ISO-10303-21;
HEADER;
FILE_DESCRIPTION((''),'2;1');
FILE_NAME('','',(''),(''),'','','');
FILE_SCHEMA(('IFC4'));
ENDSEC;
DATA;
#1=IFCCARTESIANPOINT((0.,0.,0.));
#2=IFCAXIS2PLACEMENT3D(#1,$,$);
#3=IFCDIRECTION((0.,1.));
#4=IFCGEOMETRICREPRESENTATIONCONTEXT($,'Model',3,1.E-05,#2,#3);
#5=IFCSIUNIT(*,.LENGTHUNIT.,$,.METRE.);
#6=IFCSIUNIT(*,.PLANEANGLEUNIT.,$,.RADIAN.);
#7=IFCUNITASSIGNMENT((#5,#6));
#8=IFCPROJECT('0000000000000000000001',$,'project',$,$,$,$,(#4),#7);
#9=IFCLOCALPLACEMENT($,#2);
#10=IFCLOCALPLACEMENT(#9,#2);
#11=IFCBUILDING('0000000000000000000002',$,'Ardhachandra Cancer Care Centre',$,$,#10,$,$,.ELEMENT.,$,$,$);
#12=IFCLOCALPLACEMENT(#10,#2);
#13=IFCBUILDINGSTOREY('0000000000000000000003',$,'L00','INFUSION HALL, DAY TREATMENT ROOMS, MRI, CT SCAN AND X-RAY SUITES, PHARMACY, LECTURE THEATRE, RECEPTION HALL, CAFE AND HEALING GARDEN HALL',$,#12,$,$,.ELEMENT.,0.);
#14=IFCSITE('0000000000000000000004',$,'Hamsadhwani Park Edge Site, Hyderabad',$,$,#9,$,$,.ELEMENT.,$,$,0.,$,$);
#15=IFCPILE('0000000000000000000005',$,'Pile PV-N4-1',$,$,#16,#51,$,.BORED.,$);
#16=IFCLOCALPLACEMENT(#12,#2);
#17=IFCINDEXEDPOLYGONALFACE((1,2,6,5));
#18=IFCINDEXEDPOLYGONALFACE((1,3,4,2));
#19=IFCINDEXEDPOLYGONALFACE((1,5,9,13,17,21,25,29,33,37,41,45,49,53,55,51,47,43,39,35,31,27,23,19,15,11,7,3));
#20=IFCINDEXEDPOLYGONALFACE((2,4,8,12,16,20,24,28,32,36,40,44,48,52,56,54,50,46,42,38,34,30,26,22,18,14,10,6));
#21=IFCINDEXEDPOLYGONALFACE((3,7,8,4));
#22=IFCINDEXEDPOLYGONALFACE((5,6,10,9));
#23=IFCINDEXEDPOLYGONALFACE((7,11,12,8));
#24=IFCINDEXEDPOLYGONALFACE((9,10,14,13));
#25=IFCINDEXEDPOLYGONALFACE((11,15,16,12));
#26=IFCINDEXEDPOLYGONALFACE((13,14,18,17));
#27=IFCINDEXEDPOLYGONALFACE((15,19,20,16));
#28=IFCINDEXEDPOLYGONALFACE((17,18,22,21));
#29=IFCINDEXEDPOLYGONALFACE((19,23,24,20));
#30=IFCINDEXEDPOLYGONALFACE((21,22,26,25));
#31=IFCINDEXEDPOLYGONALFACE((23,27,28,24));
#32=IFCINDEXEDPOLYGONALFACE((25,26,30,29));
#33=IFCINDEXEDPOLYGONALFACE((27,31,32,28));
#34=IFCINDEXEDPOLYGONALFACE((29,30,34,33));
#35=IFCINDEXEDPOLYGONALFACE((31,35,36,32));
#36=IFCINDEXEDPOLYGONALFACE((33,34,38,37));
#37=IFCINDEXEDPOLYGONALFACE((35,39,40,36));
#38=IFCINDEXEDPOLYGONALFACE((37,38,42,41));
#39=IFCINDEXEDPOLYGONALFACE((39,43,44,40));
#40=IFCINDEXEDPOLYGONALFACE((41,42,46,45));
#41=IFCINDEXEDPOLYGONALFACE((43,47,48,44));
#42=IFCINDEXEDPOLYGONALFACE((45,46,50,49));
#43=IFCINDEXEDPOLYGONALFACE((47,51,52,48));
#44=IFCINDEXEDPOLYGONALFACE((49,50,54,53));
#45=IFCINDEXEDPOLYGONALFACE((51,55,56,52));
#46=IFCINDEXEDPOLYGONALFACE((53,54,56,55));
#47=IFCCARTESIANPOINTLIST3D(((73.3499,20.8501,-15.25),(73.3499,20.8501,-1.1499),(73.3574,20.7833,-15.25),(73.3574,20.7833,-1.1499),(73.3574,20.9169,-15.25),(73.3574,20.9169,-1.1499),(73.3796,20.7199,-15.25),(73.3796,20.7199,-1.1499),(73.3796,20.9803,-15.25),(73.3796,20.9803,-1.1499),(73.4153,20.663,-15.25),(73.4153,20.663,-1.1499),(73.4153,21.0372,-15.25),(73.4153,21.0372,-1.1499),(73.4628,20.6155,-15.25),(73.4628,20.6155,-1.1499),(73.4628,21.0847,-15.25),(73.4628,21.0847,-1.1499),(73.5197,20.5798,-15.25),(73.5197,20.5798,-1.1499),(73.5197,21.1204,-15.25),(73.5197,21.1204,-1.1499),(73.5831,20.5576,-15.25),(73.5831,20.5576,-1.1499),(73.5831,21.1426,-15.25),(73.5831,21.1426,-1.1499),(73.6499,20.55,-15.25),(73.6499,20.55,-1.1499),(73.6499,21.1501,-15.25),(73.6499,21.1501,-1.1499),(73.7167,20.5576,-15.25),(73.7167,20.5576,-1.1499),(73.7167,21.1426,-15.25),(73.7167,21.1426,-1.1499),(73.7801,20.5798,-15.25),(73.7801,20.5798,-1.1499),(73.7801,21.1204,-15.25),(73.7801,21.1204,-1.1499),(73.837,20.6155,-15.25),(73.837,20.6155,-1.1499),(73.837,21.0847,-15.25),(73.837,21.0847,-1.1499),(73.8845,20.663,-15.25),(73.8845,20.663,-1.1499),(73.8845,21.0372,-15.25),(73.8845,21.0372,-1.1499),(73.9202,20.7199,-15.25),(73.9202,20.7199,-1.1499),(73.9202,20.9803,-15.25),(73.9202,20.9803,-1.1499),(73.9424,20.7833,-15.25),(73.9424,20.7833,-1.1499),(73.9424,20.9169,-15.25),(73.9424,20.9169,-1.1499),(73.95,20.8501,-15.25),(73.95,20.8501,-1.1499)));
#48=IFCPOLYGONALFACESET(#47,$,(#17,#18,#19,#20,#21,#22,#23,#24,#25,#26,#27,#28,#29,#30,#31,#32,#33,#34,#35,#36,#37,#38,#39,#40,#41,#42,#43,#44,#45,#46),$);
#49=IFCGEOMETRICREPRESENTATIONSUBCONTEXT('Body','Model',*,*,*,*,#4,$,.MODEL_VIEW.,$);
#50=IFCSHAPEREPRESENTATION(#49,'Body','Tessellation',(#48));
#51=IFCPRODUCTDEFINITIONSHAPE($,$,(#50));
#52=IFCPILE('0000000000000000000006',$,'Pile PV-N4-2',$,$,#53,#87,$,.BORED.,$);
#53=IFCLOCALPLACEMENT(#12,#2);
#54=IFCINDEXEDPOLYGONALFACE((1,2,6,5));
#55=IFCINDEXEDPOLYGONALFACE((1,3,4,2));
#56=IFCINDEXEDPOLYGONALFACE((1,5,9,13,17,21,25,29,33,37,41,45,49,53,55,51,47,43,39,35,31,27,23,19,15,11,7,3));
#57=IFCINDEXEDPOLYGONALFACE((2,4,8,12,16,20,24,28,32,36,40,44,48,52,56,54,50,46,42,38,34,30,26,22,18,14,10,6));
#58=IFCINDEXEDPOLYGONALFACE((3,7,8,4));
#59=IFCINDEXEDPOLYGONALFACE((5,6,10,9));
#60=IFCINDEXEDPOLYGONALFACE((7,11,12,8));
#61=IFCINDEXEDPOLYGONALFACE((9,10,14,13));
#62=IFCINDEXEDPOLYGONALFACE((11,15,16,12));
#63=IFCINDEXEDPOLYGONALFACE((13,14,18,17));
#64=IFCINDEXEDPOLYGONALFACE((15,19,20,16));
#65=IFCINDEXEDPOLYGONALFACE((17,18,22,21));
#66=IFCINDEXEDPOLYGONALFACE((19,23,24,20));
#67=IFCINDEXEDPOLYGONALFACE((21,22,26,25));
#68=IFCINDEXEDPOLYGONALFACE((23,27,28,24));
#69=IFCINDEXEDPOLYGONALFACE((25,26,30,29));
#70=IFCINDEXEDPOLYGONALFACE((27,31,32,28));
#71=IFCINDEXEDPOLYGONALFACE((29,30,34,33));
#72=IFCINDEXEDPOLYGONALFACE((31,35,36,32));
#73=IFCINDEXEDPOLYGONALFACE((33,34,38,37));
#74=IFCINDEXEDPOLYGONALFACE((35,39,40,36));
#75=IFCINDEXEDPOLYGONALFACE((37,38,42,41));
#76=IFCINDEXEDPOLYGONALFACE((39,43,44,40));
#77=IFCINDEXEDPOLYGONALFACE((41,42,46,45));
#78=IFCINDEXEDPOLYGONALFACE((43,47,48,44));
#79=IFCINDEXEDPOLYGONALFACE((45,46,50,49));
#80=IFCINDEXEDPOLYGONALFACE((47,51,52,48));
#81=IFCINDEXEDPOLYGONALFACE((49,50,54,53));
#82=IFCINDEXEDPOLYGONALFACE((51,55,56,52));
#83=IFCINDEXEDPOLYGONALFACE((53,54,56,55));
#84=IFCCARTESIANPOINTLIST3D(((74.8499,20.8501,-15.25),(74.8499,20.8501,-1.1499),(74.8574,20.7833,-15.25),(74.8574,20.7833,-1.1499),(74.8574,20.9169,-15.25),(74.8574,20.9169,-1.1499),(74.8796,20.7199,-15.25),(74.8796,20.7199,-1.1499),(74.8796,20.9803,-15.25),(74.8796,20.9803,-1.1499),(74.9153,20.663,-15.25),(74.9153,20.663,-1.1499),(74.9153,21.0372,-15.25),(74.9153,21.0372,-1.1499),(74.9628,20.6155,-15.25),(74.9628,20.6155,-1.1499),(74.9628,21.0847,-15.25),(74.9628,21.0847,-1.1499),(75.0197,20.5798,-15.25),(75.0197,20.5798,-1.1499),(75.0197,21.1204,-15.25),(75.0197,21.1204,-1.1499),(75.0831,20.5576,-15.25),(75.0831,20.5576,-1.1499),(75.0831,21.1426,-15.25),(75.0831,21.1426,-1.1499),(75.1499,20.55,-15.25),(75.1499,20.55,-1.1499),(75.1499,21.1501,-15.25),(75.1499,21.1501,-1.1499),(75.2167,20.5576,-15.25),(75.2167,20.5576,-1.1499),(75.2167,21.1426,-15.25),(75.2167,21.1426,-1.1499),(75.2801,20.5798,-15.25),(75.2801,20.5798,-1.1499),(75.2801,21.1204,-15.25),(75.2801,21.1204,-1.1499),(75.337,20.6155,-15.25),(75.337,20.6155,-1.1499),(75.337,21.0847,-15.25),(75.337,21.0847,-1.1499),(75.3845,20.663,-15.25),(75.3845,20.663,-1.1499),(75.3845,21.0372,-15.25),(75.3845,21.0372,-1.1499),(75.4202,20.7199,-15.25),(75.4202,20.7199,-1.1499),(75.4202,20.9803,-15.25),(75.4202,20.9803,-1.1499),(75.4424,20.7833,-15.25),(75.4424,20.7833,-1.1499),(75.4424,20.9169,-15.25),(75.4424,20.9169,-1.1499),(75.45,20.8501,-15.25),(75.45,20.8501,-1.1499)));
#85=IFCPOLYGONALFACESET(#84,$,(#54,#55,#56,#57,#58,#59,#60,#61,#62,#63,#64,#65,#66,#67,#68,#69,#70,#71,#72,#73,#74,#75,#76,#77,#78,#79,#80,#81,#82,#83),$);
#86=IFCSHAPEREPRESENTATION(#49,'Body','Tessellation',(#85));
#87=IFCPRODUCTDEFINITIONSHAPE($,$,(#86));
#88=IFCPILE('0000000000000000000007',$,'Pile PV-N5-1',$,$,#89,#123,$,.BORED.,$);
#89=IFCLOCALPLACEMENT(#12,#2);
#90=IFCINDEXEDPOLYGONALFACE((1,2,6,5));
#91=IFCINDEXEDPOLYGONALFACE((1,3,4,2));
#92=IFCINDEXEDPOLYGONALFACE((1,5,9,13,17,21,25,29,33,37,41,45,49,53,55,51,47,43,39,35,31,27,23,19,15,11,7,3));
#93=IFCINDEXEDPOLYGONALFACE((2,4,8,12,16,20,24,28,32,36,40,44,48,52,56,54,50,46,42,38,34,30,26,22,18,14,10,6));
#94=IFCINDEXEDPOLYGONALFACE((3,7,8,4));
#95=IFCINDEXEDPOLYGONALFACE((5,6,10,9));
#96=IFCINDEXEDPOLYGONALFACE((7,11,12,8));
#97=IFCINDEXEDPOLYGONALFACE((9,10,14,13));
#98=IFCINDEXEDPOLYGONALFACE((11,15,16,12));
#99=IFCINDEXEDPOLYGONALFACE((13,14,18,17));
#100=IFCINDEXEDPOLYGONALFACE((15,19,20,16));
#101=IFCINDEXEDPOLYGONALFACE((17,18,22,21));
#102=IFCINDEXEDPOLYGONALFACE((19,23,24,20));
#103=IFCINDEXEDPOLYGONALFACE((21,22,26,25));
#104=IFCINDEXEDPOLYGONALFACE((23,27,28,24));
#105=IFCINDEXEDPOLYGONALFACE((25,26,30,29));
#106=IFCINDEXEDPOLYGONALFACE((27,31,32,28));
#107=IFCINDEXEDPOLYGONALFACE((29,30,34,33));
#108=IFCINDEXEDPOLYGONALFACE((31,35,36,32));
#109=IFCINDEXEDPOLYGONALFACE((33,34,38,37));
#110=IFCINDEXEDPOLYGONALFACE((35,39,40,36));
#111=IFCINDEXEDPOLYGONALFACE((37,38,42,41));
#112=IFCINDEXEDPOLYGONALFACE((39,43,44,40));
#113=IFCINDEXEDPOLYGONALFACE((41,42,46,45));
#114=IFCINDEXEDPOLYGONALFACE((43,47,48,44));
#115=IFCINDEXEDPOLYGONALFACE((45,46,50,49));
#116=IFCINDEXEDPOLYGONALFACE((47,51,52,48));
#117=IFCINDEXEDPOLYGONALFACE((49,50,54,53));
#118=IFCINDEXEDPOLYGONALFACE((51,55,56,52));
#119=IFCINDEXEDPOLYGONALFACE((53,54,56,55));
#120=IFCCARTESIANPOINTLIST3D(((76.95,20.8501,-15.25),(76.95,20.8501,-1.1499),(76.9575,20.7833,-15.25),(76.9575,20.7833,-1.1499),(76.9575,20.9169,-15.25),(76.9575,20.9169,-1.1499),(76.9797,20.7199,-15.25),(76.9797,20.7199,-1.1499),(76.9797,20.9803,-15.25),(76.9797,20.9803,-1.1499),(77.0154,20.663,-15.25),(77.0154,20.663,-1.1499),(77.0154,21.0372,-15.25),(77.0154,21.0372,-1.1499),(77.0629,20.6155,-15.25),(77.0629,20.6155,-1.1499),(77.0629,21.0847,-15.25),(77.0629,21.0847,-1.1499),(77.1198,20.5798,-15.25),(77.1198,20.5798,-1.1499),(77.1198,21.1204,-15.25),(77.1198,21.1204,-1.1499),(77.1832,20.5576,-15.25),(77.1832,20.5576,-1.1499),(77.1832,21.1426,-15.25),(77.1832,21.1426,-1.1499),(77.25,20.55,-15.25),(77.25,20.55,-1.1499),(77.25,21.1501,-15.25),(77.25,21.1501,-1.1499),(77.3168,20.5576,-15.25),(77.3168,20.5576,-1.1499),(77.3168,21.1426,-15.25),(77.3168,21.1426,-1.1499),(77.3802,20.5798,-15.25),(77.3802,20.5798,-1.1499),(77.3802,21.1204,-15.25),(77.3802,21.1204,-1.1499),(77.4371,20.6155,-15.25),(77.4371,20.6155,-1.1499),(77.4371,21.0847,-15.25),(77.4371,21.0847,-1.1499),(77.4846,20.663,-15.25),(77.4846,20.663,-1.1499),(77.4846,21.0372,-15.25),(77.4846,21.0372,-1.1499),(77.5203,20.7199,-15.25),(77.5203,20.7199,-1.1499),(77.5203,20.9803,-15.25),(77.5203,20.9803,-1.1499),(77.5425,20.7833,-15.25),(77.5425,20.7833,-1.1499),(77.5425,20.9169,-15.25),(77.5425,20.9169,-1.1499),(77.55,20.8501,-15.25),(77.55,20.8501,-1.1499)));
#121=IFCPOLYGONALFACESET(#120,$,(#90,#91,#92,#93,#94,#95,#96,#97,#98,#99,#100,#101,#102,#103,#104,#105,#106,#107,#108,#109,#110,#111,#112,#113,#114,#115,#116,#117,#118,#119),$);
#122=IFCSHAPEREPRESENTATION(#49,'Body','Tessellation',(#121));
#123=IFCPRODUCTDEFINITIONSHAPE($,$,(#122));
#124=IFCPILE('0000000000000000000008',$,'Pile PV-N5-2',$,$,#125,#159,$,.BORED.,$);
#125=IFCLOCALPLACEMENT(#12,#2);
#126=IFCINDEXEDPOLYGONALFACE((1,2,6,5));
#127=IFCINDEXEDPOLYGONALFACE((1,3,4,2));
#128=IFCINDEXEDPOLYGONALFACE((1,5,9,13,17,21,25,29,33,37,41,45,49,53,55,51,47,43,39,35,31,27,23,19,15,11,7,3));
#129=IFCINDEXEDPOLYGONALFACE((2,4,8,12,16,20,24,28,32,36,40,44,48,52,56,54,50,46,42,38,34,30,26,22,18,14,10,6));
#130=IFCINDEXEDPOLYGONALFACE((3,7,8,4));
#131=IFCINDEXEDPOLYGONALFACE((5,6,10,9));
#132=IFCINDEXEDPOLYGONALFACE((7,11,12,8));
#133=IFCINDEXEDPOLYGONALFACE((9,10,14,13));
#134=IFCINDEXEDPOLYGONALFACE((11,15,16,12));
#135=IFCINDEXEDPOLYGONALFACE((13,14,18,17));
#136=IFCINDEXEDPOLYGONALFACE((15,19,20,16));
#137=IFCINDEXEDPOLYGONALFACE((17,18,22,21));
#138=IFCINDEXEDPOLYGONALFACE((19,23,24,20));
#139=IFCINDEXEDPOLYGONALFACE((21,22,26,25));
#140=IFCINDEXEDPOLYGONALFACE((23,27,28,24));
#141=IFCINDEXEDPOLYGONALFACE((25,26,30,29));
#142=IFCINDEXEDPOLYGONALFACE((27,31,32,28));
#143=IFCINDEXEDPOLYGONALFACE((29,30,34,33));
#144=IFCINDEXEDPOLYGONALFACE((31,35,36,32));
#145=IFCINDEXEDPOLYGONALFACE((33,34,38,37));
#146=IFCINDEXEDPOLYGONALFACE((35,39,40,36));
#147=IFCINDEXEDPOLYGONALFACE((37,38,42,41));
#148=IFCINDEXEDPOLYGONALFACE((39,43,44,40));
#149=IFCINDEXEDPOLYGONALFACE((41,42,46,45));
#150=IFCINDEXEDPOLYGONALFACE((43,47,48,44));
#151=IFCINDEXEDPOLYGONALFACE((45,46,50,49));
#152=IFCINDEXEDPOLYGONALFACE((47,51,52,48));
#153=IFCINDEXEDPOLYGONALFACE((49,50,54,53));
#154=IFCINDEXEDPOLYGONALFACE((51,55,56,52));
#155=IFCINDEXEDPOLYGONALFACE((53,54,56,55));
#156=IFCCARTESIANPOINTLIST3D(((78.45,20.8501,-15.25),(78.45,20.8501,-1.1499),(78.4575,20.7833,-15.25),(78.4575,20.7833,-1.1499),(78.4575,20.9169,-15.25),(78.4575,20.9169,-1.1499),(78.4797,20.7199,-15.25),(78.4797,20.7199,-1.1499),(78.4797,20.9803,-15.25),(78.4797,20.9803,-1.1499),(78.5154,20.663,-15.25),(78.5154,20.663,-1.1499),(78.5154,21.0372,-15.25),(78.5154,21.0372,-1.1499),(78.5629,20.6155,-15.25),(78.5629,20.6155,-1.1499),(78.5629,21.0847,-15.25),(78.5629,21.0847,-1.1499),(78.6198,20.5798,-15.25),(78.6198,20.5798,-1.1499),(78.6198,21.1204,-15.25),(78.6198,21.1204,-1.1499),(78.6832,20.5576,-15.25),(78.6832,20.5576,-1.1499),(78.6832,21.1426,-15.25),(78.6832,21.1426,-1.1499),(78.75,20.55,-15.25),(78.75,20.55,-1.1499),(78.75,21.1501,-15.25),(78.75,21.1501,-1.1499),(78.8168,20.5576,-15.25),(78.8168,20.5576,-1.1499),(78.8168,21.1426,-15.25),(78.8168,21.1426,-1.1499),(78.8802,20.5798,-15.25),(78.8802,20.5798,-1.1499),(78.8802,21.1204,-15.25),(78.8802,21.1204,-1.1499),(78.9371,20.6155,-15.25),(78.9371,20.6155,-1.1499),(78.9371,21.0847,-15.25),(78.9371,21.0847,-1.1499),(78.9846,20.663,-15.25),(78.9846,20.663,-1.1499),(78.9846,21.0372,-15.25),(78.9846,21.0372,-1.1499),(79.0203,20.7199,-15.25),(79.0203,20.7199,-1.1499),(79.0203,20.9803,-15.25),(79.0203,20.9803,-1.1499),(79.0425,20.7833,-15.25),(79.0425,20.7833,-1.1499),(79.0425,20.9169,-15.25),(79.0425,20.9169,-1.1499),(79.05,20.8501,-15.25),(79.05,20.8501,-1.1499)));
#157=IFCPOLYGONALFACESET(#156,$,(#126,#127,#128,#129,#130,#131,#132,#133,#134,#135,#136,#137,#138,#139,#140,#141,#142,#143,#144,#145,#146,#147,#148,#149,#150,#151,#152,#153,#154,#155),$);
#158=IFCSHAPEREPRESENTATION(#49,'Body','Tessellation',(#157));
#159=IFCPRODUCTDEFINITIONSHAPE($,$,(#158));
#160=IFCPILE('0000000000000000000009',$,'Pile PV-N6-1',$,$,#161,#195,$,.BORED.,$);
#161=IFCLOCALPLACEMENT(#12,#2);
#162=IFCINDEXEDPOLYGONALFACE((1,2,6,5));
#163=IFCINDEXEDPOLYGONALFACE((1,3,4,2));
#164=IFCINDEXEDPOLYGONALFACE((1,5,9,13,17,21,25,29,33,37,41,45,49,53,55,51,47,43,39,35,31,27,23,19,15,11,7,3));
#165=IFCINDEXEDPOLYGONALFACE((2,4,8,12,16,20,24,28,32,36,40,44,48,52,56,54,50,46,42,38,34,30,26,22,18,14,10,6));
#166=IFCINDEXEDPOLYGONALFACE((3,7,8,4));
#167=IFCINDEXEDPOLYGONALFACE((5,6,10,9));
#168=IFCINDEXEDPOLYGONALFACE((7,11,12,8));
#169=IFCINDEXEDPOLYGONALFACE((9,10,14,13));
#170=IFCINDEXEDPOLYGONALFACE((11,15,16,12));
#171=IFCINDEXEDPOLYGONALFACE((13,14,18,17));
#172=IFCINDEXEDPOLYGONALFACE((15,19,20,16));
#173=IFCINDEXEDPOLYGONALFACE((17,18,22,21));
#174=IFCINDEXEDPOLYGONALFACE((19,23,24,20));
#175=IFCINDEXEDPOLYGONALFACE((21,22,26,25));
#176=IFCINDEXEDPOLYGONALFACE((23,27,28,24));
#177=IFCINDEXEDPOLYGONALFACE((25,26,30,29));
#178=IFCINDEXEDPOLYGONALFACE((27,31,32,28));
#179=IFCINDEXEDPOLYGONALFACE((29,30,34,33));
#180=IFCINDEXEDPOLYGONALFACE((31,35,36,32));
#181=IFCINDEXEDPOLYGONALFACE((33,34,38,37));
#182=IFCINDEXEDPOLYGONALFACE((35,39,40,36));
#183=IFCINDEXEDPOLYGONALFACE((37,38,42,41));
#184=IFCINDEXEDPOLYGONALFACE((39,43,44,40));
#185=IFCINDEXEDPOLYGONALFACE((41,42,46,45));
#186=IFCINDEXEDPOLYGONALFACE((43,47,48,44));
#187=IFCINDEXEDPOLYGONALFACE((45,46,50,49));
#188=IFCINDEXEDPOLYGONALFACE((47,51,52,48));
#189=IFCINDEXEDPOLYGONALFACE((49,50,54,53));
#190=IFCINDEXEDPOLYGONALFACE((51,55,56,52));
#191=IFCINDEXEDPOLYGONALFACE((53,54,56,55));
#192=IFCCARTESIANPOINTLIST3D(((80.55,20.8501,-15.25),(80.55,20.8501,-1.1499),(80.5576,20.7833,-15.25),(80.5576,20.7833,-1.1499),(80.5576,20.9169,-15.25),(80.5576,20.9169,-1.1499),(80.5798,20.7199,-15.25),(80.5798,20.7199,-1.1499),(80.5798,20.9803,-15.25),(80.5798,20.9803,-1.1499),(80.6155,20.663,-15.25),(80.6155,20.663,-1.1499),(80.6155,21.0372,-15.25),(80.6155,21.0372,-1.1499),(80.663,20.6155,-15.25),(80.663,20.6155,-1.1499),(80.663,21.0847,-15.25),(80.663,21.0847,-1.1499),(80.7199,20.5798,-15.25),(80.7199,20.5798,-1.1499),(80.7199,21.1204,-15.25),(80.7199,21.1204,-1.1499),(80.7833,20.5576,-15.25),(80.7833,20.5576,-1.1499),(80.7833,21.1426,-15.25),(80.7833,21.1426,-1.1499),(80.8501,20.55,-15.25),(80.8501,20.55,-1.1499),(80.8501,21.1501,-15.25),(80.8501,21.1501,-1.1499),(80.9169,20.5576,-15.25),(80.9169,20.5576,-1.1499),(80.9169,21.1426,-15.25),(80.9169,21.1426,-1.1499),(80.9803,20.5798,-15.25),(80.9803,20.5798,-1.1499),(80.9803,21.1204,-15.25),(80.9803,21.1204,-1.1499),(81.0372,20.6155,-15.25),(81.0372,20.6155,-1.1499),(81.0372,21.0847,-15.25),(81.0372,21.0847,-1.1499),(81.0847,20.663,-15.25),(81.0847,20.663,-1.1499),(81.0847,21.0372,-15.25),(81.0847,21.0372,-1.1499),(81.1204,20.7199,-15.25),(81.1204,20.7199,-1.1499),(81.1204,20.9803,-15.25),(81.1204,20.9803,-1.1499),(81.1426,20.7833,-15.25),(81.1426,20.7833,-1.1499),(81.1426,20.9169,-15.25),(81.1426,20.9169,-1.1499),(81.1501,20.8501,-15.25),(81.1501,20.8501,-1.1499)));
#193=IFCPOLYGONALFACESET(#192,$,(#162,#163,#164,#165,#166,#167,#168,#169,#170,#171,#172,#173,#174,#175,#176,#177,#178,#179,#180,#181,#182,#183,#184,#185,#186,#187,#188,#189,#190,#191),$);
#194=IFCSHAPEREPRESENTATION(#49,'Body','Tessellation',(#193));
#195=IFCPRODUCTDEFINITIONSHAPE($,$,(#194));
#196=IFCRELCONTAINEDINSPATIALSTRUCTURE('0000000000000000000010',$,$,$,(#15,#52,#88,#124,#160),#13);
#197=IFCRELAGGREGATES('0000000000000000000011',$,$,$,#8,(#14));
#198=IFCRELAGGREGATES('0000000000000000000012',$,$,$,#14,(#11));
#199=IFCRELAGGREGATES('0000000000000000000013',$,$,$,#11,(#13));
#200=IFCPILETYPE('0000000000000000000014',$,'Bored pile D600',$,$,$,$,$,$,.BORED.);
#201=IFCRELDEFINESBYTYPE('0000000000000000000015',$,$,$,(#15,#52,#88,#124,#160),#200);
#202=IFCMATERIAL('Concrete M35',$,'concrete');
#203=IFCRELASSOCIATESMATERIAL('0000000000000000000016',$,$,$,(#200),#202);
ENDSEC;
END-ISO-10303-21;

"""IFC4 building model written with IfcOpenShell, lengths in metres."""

from ifc_helpers import new_model, si_unit, direction, frame, origin, origin_2d, place, context, subcontext, project, spatial, circle, extrude, material, material_profile, profile_set, type_object, element, save


model = new_model("IFC4")

# Units and contexts
model_context = context("Model", 3, precision=1e-05, world=origin(), true_north=direction((0.0, 1.0)))
body_context = subcontext(model_context, "Body", "Model", "MODEL_VIEW")
ifc_project = project(units=[si_unit("LENGTHUNIT", "METRE"), si_unit("PLANEANGLEUNIT", "RADIAN")], contexts=[model_context])

# Site, building, storey
site_placement = place(None, origin())
site = spatial("IfcSite", under=ifc_project, at=site_placement, Name="Hamsadhwani Park Edge Site, Hyderabad", CompositionType="ELEMENT", RefElevation=0.0)
building_placement = place(site_placement, origin())
building = spatial("IfcBuilding", under=site, at=building_placement, Name="Ardhachandra Cancer Care Centre", CompositionType="ELEMENT")
storey_placement = place(building_placement, origin())
storey = spatial("IfcBuildingStorey", under=building, at=storey_placement, Name="L00", Description="INFUSION HALL, DAY TREATMENT ROOMS, MRI, CT SCAN AND X-RAY SUITES, PHARMACY, LECTURE THEATRE, RECEPTION HALL, CAFE AND HEALING GARDEN HALL", CompositionType="ELEMENT", Elevation=0.0)

# Piles
ifc_material_1 = material(Name="Concrete M35", Category="concrete")
ifc_material_profile_1 = material_profile(ifc_material_1, circle(Radius=0.3, at=origin_2d()), Name="D600")
ifc_profile_set_1 = profile_set([ifc_material_profile_1], Name="Concrete M35")
pile_type = type_object("IfcPileType", Name="Bored pile D600", PredefinedType="BORED", material=ifc_profile_set_1)
for number, where, z_axis, x_axis, name in (
    (1, (73.6499, 20.8501, -1.1499), (0.0, 0.0, -1.0), (1.0, 0.0, 0.0), "Pile PV-N4-1"),
    (2, (75.1499, 20.8501, -1.1499), (0.0, 0.0, -1.0), (1.0, 0.0, 0.0), "Pile PV-N4-2"),
    (3, (77.25, 20.8501, -1.1499), (0.0, 0.0, -1.0), (1.0, 0.0, 0.0), "Pile PV-N5-1"),
    (4, (78.75, 20.8501, -1.1499), (0.0, 0.0, -1.0), (1.0, 0.0, 0.0), "Pile PV-N5-2"),
    (5, (80.8501, 20.8501, -1.1499), (0.0, 0.0, -1.0), (1.0, 0.0, 0.0), "Pile PV-N6-1"),
):
    element("IfcPile", number, at=place(storey_placement, frame(where, z_axis=z_axis, x_axis=x_axis)), inside=storey, type_object=pile_type, Name=name, PredefinedType="BORED", context=body_context, shape_type="SweptSolid", body=[
        extrude(circle(Radius=0.3, at=origin_2d()), origin(), (0.0, 0.0, 1.0), 14.1001),
    ])

save(model, "model.ifc")
